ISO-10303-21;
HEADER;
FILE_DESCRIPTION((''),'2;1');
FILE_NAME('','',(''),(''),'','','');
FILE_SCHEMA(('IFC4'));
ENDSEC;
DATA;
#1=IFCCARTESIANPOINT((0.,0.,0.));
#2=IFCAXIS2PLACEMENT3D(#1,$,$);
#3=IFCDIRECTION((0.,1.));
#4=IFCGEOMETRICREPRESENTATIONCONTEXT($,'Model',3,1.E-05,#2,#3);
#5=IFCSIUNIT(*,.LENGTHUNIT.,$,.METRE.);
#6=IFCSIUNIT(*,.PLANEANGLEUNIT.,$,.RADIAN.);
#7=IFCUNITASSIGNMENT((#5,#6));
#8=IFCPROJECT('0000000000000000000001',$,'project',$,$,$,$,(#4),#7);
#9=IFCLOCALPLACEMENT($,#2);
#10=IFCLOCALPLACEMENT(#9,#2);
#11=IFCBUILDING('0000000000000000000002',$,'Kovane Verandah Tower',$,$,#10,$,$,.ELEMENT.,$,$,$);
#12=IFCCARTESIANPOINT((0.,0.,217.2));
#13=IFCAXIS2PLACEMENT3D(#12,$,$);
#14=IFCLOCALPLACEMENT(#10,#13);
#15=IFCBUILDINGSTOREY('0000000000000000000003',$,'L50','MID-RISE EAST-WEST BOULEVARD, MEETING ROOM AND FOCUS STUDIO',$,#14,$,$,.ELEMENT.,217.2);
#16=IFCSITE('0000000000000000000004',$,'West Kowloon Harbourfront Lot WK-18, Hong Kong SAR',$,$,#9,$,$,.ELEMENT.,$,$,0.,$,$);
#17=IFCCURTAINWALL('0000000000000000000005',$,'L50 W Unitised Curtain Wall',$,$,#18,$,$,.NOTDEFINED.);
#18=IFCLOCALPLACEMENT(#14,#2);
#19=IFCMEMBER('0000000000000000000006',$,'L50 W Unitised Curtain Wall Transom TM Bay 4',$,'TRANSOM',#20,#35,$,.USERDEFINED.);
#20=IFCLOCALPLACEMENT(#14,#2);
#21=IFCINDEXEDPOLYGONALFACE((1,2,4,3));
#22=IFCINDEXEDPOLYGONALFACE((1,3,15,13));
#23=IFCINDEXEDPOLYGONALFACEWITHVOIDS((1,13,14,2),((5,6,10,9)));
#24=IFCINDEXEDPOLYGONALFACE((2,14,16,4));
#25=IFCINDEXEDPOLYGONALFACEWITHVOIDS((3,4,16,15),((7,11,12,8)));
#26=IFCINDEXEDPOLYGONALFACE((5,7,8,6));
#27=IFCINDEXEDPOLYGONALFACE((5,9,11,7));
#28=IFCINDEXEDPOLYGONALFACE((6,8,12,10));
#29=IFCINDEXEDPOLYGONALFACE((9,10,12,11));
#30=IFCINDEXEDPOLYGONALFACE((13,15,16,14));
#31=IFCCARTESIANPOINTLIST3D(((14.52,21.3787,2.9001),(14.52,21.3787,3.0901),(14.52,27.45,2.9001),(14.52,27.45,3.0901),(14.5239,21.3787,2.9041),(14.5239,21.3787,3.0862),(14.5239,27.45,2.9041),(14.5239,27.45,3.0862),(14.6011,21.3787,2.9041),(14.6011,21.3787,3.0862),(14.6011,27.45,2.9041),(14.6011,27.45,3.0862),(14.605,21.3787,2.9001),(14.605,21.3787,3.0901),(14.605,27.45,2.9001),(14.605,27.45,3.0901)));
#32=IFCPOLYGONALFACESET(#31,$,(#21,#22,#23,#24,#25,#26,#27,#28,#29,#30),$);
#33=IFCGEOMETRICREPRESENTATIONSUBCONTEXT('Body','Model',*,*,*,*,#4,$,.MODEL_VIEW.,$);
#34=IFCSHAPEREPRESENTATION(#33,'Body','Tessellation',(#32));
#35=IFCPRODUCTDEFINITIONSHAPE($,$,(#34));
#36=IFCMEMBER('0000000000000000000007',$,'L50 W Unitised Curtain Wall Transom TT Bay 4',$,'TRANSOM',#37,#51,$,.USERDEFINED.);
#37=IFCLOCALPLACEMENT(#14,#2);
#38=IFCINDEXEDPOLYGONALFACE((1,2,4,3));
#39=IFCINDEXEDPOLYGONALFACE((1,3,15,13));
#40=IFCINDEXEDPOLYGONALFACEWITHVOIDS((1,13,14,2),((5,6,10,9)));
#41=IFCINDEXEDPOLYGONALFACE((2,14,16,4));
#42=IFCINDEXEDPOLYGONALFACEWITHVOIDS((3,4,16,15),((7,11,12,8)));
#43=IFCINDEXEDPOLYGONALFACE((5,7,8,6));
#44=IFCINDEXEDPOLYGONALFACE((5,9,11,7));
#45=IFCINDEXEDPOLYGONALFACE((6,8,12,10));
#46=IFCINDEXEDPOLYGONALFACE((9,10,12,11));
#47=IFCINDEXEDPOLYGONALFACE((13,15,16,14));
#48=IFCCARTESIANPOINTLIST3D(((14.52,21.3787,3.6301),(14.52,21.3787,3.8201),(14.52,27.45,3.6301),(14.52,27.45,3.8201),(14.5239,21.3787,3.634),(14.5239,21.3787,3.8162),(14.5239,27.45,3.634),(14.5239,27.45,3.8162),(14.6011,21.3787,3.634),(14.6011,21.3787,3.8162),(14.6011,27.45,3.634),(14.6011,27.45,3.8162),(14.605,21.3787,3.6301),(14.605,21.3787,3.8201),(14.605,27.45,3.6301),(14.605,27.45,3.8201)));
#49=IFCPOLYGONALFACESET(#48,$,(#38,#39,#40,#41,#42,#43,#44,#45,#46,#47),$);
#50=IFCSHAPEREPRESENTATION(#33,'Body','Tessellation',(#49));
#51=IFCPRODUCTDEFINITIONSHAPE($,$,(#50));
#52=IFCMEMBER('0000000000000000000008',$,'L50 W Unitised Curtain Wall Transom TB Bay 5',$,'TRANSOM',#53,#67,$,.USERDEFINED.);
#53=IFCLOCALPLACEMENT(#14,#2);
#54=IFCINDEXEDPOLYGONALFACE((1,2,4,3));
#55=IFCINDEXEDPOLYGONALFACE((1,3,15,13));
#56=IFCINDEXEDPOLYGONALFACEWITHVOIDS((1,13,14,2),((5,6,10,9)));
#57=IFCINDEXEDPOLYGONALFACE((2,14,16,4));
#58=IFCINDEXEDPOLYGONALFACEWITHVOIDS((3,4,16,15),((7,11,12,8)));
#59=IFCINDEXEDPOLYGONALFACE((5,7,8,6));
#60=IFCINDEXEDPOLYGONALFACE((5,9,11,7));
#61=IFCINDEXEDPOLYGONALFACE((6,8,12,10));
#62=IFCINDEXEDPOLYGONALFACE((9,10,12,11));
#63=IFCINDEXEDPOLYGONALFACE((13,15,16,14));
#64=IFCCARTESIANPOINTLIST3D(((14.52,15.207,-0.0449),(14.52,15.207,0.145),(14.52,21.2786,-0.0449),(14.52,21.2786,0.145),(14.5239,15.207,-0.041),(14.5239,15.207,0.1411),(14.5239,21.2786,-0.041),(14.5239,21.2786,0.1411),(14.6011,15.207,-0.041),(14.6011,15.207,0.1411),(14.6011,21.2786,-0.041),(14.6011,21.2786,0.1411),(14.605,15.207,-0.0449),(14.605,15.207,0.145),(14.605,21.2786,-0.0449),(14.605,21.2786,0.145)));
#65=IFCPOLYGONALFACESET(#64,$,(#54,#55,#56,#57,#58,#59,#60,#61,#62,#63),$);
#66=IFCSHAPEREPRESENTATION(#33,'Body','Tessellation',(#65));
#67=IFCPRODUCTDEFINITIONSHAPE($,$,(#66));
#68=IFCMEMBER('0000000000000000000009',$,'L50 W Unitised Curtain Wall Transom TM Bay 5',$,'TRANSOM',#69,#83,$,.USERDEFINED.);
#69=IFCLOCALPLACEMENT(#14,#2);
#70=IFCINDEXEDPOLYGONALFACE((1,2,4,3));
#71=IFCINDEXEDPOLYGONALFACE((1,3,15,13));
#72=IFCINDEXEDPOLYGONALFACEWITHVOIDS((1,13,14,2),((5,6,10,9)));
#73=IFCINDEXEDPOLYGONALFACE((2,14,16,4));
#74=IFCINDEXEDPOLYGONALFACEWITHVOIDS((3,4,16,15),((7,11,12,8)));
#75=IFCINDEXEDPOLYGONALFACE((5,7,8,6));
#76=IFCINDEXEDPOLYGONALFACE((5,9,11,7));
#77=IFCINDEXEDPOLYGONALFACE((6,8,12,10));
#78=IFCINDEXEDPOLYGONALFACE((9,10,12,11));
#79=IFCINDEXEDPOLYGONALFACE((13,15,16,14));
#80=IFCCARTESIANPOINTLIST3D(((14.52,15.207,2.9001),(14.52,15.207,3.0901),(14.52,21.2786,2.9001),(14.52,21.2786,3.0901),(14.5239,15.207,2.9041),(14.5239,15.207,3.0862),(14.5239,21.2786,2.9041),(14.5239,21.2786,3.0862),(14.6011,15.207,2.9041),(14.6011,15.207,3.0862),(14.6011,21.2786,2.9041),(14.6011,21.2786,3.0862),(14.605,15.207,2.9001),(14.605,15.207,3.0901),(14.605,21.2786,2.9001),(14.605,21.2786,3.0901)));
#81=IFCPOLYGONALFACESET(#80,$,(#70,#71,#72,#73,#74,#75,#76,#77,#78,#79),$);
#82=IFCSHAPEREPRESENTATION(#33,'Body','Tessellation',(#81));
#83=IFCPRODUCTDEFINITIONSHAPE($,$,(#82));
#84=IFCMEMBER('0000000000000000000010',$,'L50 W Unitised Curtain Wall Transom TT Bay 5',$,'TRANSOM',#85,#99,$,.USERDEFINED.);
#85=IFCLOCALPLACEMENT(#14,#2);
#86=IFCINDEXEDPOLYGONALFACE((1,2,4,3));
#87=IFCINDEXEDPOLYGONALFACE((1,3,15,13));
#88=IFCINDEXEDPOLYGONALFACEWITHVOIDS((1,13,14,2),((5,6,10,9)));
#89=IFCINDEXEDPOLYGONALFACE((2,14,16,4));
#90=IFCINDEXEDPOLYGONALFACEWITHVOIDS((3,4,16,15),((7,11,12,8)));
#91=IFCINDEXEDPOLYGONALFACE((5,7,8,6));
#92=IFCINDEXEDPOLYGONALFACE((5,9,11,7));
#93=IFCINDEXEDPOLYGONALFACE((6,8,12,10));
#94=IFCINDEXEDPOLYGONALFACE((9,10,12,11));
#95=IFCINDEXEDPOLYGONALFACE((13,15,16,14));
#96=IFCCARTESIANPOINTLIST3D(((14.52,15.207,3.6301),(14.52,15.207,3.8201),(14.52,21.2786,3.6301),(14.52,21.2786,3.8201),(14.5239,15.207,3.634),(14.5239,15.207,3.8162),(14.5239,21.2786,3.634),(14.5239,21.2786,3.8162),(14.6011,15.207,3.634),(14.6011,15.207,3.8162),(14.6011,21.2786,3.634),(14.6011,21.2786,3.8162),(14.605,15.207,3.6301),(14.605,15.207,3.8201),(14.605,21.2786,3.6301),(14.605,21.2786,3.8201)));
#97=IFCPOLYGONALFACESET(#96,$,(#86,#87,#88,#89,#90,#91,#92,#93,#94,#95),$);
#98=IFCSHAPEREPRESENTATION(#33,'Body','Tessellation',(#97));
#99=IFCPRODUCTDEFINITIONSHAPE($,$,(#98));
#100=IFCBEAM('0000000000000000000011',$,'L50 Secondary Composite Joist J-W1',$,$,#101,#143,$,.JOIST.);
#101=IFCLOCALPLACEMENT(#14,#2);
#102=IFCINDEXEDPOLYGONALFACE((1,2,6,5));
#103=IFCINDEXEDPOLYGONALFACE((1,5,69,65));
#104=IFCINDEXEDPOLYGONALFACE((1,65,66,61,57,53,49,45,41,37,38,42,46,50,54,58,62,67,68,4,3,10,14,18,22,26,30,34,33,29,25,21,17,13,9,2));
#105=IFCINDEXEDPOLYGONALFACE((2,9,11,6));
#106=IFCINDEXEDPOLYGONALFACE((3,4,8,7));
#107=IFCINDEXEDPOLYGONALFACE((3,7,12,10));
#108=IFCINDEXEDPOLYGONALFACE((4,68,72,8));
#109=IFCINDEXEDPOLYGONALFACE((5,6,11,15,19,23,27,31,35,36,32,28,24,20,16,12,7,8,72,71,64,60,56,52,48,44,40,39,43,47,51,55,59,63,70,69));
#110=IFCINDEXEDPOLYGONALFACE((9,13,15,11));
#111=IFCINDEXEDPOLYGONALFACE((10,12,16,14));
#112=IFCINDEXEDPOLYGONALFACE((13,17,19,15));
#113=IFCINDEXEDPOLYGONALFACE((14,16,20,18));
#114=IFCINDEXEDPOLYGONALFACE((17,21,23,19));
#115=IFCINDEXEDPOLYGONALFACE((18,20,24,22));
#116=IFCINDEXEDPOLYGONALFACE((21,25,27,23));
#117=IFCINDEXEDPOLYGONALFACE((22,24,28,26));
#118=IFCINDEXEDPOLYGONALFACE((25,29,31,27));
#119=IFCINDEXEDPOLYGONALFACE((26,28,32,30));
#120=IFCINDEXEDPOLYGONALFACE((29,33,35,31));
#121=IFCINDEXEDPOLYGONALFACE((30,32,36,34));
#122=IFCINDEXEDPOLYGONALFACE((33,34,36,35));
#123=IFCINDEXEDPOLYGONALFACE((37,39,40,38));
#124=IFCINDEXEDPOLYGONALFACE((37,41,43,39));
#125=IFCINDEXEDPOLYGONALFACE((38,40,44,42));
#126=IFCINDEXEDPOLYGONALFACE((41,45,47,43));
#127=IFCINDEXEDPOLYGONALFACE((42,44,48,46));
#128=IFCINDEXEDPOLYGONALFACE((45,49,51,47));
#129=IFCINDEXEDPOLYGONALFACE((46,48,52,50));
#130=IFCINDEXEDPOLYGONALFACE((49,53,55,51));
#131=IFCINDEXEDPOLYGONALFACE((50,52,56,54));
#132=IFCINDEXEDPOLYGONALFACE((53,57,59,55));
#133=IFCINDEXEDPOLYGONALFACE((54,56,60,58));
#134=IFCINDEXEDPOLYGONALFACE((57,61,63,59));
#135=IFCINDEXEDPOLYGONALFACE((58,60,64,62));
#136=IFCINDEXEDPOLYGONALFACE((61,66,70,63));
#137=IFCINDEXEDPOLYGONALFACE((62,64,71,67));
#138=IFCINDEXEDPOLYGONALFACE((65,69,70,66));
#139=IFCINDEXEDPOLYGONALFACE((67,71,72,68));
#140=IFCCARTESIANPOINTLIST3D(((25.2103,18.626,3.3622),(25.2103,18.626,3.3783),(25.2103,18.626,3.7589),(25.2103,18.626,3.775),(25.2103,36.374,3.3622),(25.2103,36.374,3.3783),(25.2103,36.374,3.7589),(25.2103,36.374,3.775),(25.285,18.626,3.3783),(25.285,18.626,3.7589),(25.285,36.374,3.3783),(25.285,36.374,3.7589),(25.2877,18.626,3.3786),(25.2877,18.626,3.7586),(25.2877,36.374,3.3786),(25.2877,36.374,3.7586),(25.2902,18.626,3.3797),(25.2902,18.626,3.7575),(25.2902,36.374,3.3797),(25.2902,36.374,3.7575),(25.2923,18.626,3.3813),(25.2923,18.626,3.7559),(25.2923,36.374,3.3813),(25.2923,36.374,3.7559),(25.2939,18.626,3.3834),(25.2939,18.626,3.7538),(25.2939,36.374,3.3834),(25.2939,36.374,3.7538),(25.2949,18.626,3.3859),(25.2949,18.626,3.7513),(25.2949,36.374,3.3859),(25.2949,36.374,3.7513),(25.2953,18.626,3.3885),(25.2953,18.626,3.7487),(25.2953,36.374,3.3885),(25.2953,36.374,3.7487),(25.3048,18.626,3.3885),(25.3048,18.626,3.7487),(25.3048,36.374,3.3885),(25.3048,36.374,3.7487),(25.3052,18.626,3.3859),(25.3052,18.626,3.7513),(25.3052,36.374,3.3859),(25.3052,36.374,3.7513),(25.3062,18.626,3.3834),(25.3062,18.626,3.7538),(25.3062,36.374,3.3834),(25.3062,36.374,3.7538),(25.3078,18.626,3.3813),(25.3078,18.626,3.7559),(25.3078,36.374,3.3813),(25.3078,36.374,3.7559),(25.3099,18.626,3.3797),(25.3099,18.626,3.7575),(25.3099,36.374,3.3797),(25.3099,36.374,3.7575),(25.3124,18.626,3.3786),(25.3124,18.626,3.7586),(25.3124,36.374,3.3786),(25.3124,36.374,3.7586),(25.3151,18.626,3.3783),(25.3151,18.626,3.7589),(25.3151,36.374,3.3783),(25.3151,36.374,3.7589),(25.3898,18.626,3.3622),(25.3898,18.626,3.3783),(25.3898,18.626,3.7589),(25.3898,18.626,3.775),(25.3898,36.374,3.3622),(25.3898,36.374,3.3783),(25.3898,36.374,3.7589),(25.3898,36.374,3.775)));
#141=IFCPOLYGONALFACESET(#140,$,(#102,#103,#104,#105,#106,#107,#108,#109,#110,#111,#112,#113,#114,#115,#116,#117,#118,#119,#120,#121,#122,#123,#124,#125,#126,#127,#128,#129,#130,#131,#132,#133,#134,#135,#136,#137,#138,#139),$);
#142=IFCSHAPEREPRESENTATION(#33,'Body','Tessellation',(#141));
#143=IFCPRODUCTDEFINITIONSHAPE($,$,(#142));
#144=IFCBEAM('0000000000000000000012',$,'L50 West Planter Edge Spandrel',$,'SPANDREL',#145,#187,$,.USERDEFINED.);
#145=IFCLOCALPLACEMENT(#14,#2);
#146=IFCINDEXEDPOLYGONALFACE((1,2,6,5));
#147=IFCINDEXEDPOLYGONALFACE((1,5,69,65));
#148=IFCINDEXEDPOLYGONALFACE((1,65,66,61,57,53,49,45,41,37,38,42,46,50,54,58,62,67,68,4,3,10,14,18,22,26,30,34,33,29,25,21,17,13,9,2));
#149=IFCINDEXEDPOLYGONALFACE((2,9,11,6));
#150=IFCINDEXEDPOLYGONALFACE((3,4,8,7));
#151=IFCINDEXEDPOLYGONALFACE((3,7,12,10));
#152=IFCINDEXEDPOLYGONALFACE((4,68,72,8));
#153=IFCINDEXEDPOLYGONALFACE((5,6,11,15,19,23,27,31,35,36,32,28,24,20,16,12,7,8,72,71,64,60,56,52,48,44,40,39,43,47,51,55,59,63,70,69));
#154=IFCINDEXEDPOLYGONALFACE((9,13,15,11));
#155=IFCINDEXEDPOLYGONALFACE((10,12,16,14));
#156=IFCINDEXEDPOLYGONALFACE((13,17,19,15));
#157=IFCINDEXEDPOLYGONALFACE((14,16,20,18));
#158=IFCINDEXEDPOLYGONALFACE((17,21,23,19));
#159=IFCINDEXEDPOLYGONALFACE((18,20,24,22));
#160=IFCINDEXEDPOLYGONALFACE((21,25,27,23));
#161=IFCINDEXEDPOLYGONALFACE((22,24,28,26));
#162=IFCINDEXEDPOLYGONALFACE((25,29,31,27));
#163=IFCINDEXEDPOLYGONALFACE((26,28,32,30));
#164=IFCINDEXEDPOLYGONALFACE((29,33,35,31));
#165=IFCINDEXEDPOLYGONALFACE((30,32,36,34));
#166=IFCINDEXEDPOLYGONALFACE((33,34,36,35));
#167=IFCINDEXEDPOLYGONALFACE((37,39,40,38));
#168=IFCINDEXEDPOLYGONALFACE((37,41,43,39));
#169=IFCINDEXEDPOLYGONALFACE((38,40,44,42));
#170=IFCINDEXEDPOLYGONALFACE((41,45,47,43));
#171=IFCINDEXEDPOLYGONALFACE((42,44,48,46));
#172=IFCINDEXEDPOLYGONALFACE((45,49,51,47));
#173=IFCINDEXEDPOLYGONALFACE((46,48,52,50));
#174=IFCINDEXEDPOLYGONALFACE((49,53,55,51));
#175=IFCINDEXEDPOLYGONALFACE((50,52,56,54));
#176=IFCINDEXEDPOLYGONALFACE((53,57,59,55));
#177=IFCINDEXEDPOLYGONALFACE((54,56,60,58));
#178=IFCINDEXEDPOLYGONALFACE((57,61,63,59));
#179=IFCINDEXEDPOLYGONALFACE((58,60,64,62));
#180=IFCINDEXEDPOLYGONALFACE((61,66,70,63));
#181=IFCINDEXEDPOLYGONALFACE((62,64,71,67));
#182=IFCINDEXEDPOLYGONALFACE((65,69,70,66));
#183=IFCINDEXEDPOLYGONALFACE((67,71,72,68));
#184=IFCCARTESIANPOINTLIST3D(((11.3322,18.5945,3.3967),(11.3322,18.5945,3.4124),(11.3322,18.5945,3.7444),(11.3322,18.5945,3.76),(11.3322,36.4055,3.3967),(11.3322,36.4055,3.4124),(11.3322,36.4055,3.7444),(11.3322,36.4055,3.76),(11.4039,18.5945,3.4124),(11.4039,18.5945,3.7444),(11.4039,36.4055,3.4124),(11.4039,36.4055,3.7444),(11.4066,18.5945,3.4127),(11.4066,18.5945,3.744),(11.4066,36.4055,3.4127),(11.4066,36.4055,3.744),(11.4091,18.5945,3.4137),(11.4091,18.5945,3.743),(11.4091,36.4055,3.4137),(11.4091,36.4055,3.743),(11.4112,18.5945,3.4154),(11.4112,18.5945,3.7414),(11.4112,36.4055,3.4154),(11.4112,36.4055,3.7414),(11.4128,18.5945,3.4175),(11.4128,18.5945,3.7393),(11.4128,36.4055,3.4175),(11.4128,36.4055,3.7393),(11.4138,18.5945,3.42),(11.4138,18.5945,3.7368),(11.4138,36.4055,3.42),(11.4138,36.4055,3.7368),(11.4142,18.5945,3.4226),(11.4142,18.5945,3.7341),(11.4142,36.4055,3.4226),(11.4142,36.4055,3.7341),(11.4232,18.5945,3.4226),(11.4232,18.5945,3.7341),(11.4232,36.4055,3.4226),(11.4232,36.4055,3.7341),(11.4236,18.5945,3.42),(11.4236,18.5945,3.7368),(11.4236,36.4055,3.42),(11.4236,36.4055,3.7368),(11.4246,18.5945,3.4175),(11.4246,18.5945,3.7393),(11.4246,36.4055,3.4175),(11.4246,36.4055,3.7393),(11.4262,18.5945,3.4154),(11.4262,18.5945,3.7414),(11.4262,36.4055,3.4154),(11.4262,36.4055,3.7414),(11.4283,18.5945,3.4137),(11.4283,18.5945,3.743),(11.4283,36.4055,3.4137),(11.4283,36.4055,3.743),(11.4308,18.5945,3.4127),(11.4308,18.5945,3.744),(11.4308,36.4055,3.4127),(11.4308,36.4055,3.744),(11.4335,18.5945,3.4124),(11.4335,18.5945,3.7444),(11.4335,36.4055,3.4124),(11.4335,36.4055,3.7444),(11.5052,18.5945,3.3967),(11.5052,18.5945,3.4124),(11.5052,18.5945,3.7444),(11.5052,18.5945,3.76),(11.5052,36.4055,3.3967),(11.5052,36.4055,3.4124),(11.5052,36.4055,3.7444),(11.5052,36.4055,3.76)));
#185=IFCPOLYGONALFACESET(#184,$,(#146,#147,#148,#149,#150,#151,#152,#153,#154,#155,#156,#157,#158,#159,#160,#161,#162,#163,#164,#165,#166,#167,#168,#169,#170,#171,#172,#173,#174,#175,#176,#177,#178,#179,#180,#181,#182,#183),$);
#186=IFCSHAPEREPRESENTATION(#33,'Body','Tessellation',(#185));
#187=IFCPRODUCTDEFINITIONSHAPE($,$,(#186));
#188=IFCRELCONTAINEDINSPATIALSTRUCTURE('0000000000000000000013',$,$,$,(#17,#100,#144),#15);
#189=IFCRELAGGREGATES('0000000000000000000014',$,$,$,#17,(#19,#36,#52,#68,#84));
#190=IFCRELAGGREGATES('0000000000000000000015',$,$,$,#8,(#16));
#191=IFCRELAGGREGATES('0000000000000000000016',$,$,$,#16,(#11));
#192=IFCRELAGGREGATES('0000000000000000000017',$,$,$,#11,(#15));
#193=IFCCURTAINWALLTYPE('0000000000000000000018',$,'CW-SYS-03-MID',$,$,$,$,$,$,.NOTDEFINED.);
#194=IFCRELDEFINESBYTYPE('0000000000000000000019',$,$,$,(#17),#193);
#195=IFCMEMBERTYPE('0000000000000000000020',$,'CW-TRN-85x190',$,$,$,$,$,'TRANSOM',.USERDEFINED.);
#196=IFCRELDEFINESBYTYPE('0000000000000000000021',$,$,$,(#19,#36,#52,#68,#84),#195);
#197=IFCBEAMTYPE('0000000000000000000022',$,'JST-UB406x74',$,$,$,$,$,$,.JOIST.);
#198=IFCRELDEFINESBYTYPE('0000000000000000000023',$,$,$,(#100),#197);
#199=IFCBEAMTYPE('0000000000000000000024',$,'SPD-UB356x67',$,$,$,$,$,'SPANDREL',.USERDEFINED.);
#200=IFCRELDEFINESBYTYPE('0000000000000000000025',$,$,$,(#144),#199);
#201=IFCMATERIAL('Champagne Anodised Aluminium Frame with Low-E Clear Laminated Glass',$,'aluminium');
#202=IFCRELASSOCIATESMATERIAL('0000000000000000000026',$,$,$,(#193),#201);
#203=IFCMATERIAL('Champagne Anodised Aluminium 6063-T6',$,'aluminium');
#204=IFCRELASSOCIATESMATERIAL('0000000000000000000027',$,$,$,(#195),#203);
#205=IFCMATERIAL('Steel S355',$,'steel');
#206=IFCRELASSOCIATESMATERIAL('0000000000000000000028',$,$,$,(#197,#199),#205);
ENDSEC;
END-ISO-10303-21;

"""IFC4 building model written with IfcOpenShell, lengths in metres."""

from ifc_helpers import new_model, si_unit, direction, frame, origin, origin_2d, place, context, subcontext, project, spatial, hollow_rectangle, i_section, extrude, material, material_profile, profile_set, type_object, element, aggregate, save


model = new_model("IFC4")

# Units and contexts
model_context = context("Model", 3, precision=1e-05, world=origin(), true_north=direction((0.0, 1.0)))
body_context = subcontext(model_context, "Body", "Model", "MODEL_VIEW")
ifc_project = project(units=[si_unit("LENGTHUNIT", "METRE"), si_unit("PLANEANGLEUNIT", "RADIAN")], contexts=[model_context])

# Site, building, storey
site_placement = place(None, origin())
site = spatial("IfcSite", under=ifc_project, at=site_placement, Name="West Kowloon Harbourfront Lot WK-18, Hong Kong SAR", CompositionType="ELEMENT", RefElevation=0.0)
building_placement = place(site_placement, origin())
building = spatial("IfcBuilding", under=site, at=building_placement, Name="Kovane Verandah Tower", CompositionType="ELEMENT")
storey_placement = place(building_placement, frame((0.0, 0.0, 217.2)))
storey = spatial("IfcBuildingStorey", under=building, at=storey_placement, Name="L50", Description="MID-RISE EAST-WEST BOULEVARD, MEETING ROOM AND FOCUS STUDIO", CompositionType="ELEMENT", Elevation=217.2)

# Shared definitions
ifc_material_1 = material(Name="Steel S355", Category="steel")

# Curtain wall, members
ifc_material_2 = material(Name="Champagne Anodised Aluminium Frame with Low-E Clear Laminated Glass", Category="aluminium")
curtain_wall_type = type_object("IfcCurtainWallType", Name="CW-SYS-03-MID", PredefinedType="NOTDEFINED", material=ifc_material_2)
curtain_wall_placement = place(storey_placement, origin())
curtain_wall = element("IfcCurtainWall", 1, at=curtain_wall_placement, inside=storey, type_object=curtain_wall_type, Name="L50 W Unitised Curtain Wall", PredefinedType="NOTDEFINED")
ifc_material_3 = material(Name="Champagne Anodised Aluminium 6063-T6", Category="aluminium")
ifc_material_profile_1 = material_profile(ifc_material_3, hollow_rectangle(XDim=0.085, YDim=0.1899, WallThickness=0.0039, at=origin_2d()), Name="AL85x190x4")
ifc_profile_set_1 = profile_set([ifc_material_profile_1], Name="Champagne Anodised Aluminium 6063-T6")
member_type_1 = type_object("IfcMemberType", Name="CW-TRN-85x190", ElementType="TRANSOM", PredefinedType="USERDEFINED", material=ifc_profile_set_1)
member_1_placement = place(storey_placement, frame((14.5625, 27.45, 2.9951), z_axis=(0.0, -1.0, 0.0), x_axis=(1.0, 0.0, 0.0)))
member_1 = element("IfcMember", 2, at=member_1_placement, type_object=member_type_1, Name="L50 W Unitised Curtain Wall Transom TM Bay 4", ObjectType="TRANSOM", PredefinedType="USERDEFINED", context=body_context, shape_type="SweptSolid", body=[
    extrude(hollow_rectangle(XDim=0.085, YDim=0.1899, WallThickness=0.0039, at=origin_2d()), origin(), (0.0, 0.0, 1.0), 6.0713),
])
member_2_placement = place(storey_placement, frame((14.5625, 27.45, 3.7251), z_axis=(0.0, -1.0, 0.0), x_axis=(1.0, 0.0, 0.0)))
member_2 = element("IfcMember", 3, at=member_2_placement, type_object=member_type_1, Name="L50 W Unitised Curtain Wall Transom TT Bay 4", ObjectType="TRANSOM", PredefinedType="USERDEFINED", context=body_context, shape_type="SweptSolid", body=[
    extrude(hollow_rectangle(XDim=0.085, YDim=0.1899, WallThickness=0.0039, at=origin_2d()), origin(), (0.0, 0.0, 1.0), 6.0713),
])
member_3_placement = place(storey_placement, frame((14.5625, 21.2786, 0.05), z_axis=(0.0, -1.0, 0.0), x_axis=(1.0, 0.0, 0.0)))
member_3 = element("IfcMember", 4, at=member_3_placement, type_object=member_type_1, Name="L50 W Unitised Curtain Wall Transom TB Bay 5", ObjectType="TRANSOM", PredefinedType="USERDEFINED", context=body_context, shape_type="SweptSolid", body=[
    extrude(hollow_rectangle(XDim=0.085, YDim=0.1899, WallThickness=0.0039, at=origin_2d()), origin(), (0.0, 0.0, 1.0), 6.0715),
])
member_4_placement = place(storey_placement, frame((14.5625, 21.2786, 2.9951), z_axis=(0.0, -1.0, 0.0), x_axis=(1.0, 0.0, 0.0)))
member_4 = element("IfcMember", 5, at=member_4_placement, type_object=member_type_1, Name="L50 W Unitised Curtain Wall Transom TM Bay 5", ObjectType="TRANSOM", PredefinedType="USERDEFINED", context=body_context, shape_type="SweptSolid", body=[
    extrude(hollow_rectangle(XDim=0.085, YDim=0.1899, WallThickness=0.0039, at=origin_2d()), origin(), (0.0, 0.0, 1.0), 6.0715),
])
member_5_placement = place(storey_placement, frame((14.5625, 21.2786, 3.7251), z_axis=(0.0, -1.0, 0.0), x_axis=(1.0, 0.0, 0.0)))
member_5 = element("IfcMember", 6, at=member_5_placement, type_object=member_type_1, Name="L50 W Unitised Curtain Wall Transom TT Bay 5", ObjectType="TRANSOM", PredefinedType="USERDEFINED", context=body_context, shape_type="SweptSolid", body=[
    extrude(hollow_rectangle(XDim=0.085, YDim=0.1899, WallThickness=0.0039, at=origin_2d()), origin(), (0.0, 0.0, 1.0), 6.0715),
])

# Beams
ifc_material_profile_2 = material_profile(ifc_material_1, i_section(OverallWidth=0.1794, OverallDepth=0.4128, WebThickness=0.0095, FlangeThickness=0.0161, FilletRadius=0.0103, at=origin_2d()), Name="UB406x178x74")
ifc_profile_set_2 = profile_set([ifc_material_profile_2], Name="Steel S355")
beam_type_1 = type_object("IfcBeamType", Name="JST-UB406x74", PredefinedType="JOIST", material=ifc_profile_set_2)
beam_1_placement = place(storey_placement, frame((25.3, 18.626, 3.5686), z_axis=(0.0, 1.0, 0.0), x_axis=(-1.0, 0.0, 0.0)))
element("IfcBeam", 7, at=beam_1_placement, inside=storey, type_object=beam_type_1, Name="L50 Secondary Composite Joist J-W1", PredefinedType="JOIST", context=body_context, shape_type="SweptSolid", body=[
    extrude(i_section(OverallWidth=0.1794, OverallDepth=0.4128, WebThickness=0.0095, FlangeThickness=0.0161, FilletRadius=0.0103, at=origin_2d()), origin(), (0.0, 0.0, 1.0), 17.748),
])
ifc_material_profile_3 = material_profile(ifc_material_1, i_section(OverallWidth=0.1731, OverallDepth=0.3633, WebThickness=0.009, FlangeThickness=0.0156, FilletRadius=0.0103, at=origin_2d()), Name="UB356x171x67")
ifc_profile_set_3 = profile_set([ifc_material_profile_3], Name="Steel S355")
beam_type_2 = type_object("IfcBeamType", Name="SPD-UB356x67", ElementType="SPANDREL", PredefinedType="USERDEFINED", material=ifc_profile_set_3)
beam_2_placement = place(storey_placement, frame((11.4187, 18.5945, 3.5784), z_axis=(0.0, 1.0, 0.0), x_axis=(-1.0, 0.0, 0.0)))
element("IfcBeam", 8, at=beam_2_placement, inside=storey, type_object=beam_type_2, Name="L50 West Planter Edge Spandrel", ObjectType="SPANDREL", PredefinedType="USERDEFINED", context=body_context, shape_type="SweptSolid", body=[
    extrude(i_section(OverallWidth=0.1731, OverallDepth=0.3633, WebThickness=0.009, FlangeThickness=0.0156, FilletRadius=0.0103, at=origin_2d()), origin(), (0.0, 0.0, 1.0), 17.811),
])

aggregate(curtain_wall, [member_1, member_2, member_3, member_4, member_5])

save(model, "model.ifc")
